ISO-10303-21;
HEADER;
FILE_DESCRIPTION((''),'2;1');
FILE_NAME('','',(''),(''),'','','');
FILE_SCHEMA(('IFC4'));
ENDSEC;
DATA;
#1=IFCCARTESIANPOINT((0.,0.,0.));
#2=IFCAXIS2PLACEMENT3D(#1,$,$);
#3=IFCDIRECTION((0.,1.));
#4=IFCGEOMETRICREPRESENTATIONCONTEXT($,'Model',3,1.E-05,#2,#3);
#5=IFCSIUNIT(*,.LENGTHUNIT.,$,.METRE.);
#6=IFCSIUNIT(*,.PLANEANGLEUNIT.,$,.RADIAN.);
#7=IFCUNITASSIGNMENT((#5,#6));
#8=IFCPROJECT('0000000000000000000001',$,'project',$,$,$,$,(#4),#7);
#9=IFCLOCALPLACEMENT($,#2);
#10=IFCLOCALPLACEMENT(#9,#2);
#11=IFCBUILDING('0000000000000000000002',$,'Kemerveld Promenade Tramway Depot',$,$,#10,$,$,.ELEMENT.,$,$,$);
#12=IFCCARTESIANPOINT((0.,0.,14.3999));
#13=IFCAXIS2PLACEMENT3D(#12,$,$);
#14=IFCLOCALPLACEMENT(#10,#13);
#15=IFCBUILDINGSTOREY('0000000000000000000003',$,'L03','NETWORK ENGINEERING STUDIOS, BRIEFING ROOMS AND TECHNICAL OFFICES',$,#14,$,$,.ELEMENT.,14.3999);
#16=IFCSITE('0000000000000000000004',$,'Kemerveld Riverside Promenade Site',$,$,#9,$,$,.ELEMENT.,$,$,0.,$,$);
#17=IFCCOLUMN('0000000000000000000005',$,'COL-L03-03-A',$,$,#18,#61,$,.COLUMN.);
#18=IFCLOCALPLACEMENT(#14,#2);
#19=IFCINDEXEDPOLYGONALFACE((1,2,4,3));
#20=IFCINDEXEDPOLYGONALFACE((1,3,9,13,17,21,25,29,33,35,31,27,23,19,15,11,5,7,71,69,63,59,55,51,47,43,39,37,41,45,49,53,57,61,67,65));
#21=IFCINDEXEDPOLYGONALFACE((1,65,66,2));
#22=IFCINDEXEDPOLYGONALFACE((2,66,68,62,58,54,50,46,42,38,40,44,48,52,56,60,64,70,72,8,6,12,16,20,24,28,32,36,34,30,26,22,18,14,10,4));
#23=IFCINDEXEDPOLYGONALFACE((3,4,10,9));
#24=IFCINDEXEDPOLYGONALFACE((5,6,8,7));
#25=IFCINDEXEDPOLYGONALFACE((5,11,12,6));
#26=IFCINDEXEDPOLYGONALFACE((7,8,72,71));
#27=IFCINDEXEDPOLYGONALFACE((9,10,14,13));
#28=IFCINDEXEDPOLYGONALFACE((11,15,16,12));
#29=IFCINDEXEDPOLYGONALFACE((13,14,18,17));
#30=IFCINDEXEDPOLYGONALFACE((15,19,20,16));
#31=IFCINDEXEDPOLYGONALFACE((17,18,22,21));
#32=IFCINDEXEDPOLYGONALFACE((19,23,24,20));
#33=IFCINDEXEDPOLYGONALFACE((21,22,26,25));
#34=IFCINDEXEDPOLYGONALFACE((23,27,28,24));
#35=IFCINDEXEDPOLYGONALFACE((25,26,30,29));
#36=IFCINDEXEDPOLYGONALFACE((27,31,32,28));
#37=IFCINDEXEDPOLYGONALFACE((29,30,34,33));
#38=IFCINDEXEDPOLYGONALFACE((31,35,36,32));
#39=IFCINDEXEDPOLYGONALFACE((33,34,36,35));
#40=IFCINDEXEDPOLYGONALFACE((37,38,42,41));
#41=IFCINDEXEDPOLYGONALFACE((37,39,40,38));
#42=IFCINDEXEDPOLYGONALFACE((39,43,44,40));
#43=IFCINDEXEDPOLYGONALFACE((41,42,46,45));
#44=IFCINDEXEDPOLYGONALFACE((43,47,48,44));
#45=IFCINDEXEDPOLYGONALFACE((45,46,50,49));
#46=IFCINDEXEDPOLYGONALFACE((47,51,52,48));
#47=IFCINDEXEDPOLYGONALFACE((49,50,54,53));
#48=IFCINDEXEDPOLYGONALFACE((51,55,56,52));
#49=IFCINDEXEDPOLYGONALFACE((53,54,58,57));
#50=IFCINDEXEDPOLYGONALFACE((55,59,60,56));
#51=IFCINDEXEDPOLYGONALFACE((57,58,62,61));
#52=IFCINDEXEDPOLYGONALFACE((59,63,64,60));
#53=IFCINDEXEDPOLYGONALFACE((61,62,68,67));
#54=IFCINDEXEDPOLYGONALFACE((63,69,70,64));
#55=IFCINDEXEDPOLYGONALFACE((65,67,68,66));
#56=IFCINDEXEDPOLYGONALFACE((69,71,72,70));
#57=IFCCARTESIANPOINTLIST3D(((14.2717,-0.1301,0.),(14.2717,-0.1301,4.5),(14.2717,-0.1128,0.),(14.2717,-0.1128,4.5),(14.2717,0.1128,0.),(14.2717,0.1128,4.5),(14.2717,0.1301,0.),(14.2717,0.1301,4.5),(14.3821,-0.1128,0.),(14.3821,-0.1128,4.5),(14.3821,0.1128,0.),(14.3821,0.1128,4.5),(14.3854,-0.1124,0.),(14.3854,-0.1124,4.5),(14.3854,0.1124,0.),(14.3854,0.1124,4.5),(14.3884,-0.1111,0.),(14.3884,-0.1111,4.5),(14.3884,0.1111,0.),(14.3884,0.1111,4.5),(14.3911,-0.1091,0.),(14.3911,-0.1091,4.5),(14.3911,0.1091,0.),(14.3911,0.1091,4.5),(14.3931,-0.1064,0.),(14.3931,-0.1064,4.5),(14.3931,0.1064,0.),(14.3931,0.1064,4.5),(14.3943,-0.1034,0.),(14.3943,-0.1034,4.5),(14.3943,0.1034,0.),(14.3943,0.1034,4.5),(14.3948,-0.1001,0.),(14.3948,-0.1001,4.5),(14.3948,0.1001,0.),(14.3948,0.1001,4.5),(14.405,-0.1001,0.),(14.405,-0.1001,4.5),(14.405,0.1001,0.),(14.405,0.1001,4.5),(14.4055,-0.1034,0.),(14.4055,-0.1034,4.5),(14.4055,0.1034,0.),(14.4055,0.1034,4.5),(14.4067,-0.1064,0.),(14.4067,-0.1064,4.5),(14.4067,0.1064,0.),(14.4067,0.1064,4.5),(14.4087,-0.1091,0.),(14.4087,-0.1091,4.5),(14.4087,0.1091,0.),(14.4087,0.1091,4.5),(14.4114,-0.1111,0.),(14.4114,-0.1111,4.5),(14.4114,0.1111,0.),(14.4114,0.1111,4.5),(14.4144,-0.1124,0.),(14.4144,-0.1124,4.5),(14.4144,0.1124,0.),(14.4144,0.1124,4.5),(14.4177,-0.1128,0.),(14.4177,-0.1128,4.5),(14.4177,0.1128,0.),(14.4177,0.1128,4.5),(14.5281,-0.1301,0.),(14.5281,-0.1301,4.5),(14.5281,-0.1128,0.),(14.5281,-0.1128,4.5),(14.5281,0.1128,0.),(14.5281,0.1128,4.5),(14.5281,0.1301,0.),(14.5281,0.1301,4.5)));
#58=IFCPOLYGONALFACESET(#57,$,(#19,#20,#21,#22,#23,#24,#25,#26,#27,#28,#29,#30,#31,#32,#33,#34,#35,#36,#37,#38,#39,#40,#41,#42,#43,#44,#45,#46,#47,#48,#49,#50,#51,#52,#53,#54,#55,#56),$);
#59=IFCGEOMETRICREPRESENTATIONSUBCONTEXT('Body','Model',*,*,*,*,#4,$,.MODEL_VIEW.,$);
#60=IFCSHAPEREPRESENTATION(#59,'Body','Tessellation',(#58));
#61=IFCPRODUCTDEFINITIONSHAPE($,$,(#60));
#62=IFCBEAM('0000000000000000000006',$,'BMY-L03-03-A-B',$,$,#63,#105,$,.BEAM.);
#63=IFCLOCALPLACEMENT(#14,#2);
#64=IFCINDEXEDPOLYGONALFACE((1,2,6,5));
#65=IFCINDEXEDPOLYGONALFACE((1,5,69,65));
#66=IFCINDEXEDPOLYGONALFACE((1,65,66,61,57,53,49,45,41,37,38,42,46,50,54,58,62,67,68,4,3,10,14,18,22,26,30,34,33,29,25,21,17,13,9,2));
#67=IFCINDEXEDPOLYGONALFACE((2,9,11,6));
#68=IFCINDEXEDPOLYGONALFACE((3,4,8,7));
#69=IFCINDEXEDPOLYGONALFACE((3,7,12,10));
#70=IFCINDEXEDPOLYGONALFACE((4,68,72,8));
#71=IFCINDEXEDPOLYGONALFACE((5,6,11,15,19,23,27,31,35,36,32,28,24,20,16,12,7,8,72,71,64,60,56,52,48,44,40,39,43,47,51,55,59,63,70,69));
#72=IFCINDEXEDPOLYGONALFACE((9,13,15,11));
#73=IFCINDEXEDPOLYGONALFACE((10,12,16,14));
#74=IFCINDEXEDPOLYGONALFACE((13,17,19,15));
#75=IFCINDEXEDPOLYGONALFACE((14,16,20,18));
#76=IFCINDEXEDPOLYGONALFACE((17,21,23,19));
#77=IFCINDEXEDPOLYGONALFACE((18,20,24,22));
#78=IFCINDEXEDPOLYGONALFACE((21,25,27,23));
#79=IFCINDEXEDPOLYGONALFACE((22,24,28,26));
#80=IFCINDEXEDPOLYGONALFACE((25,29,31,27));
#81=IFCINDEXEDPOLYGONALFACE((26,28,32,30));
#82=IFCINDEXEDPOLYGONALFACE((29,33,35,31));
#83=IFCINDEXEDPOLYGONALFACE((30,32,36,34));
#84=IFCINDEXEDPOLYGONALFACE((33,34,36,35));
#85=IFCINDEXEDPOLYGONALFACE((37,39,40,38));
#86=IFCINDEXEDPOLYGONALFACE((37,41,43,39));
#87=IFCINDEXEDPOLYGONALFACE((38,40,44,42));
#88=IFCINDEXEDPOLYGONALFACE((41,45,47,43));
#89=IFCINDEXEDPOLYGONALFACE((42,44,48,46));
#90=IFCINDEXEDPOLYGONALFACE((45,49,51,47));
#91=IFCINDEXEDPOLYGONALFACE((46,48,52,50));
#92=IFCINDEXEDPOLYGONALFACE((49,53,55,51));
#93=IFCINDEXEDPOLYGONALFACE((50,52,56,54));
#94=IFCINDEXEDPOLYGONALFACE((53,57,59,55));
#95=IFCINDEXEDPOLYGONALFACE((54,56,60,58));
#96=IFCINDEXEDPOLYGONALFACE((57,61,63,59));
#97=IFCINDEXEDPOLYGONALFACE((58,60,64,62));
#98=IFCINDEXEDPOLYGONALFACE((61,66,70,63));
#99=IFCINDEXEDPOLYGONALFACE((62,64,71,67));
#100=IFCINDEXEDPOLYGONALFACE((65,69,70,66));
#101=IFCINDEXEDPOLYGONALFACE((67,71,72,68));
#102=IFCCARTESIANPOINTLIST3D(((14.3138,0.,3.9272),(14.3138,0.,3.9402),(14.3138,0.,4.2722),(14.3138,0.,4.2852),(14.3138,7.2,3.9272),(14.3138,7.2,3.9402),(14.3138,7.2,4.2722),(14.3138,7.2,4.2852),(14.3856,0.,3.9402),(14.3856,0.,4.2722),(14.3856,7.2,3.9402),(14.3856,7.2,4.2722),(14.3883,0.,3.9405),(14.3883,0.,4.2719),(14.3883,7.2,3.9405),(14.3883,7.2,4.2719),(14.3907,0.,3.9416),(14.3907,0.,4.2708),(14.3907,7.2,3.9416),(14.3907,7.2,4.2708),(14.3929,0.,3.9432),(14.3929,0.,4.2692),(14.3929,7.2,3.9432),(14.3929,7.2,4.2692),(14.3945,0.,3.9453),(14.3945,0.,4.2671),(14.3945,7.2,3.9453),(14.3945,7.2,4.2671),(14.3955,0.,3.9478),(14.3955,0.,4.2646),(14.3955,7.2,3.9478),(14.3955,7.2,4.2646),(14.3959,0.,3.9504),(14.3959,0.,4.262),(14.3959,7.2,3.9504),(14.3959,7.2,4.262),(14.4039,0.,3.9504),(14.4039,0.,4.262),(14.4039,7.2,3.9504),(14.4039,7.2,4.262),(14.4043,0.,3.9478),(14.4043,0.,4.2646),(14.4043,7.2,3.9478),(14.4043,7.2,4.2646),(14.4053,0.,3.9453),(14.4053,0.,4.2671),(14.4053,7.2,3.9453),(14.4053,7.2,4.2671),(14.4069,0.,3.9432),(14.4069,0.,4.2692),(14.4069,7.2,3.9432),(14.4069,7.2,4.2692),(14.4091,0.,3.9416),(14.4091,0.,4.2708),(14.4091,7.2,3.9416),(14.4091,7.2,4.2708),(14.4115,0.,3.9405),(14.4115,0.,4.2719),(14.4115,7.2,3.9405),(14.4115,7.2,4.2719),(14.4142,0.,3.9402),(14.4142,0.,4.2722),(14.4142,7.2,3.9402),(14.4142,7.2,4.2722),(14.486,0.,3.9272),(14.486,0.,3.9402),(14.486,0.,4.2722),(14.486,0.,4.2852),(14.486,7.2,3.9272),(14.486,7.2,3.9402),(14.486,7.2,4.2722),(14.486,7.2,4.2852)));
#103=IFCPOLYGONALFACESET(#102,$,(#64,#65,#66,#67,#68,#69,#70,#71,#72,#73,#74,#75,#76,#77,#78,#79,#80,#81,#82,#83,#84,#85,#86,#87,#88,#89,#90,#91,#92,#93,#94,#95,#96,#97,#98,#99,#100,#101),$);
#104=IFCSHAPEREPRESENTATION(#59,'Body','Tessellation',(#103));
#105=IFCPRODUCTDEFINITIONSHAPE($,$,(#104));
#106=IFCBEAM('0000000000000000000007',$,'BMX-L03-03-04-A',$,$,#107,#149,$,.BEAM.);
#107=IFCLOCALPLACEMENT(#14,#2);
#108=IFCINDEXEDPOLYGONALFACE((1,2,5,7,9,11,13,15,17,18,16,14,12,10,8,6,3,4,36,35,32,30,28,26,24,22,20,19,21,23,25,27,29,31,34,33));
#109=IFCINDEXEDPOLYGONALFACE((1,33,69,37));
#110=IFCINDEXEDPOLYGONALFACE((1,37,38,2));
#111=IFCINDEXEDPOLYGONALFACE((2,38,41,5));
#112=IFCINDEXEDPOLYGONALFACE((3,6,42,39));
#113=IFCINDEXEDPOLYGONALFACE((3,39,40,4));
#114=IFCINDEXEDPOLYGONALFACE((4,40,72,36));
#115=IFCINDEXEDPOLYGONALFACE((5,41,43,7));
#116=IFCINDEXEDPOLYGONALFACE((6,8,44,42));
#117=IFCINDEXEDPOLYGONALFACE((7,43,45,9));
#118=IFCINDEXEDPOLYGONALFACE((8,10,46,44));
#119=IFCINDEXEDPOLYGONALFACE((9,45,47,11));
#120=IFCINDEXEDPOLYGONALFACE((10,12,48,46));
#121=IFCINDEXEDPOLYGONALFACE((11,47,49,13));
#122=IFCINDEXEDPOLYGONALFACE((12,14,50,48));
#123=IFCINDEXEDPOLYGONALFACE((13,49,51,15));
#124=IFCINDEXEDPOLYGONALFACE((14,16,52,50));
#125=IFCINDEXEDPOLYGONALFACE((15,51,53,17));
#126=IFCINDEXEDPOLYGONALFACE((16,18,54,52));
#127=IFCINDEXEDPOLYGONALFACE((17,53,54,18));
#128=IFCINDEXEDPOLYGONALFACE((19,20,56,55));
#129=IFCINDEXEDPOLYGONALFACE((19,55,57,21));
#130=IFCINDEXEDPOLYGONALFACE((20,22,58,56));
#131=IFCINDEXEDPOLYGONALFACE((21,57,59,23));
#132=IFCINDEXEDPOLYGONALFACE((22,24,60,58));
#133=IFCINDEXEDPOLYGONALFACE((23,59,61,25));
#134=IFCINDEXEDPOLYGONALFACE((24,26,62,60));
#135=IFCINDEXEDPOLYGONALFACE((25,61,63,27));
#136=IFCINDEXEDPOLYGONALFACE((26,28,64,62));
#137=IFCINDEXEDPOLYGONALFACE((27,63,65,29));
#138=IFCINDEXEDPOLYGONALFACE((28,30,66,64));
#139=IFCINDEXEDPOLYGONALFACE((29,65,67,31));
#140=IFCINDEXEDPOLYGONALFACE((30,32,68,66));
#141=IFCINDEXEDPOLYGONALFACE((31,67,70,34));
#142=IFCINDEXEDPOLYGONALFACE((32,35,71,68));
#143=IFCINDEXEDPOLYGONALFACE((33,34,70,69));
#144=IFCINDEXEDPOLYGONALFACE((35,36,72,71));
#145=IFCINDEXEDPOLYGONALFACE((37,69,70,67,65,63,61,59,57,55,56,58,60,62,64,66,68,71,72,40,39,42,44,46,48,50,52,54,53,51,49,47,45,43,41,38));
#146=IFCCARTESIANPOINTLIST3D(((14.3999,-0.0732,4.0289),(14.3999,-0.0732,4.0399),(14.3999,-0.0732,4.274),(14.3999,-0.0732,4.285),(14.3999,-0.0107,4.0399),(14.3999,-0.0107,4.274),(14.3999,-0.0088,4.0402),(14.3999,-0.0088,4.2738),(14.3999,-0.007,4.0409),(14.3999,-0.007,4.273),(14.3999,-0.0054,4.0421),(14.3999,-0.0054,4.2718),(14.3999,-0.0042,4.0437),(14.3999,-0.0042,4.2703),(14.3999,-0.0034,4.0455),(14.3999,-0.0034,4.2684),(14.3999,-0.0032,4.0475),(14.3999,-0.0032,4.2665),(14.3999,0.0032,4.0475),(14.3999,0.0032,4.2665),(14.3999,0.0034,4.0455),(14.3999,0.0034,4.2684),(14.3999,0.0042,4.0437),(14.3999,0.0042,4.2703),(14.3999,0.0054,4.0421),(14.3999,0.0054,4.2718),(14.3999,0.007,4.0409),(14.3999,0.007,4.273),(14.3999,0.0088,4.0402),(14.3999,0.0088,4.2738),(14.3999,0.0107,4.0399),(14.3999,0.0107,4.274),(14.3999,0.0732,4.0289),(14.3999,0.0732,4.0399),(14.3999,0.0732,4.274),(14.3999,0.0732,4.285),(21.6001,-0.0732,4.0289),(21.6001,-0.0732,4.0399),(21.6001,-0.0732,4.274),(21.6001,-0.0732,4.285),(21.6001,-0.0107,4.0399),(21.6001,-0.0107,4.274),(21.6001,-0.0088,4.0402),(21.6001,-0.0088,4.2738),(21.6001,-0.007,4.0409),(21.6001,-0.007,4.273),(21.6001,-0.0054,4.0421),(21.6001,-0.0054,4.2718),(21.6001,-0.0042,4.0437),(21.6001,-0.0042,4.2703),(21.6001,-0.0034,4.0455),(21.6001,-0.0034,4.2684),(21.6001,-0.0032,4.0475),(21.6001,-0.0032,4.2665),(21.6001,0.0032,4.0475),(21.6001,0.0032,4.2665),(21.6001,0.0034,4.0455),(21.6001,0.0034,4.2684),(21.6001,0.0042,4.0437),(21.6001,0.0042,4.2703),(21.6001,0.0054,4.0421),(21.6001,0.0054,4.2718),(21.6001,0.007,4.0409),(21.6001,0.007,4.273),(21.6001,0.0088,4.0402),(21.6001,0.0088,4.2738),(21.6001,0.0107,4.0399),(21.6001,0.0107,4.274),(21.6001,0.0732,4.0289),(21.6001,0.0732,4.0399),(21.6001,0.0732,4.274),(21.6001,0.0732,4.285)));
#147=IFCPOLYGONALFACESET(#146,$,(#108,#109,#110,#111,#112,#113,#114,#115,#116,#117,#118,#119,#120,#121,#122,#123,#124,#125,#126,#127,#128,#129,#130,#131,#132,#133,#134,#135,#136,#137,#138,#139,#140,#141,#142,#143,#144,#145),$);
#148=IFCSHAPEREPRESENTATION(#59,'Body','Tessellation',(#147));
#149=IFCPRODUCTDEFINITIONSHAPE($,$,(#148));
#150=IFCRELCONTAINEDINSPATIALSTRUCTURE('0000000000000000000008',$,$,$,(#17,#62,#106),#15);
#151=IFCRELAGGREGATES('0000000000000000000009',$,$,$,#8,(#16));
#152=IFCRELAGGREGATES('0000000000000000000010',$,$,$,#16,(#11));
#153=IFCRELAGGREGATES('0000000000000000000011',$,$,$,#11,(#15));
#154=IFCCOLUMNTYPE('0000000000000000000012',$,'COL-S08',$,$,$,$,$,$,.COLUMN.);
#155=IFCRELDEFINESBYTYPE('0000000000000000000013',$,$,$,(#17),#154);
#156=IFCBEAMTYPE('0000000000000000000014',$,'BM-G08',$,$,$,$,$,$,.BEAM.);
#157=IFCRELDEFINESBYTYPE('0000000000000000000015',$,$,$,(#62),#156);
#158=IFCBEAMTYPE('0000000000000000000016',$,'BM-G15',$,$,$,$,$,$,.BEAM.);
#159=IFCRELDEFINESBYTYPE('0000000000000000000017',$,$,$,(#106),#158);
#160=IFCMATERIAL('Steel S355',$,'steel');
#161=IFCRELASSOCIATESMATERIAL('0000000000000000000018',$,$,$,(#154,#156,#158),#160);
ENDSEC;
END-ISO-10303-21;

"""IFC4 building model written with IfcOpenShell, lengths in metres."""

from ifc_helpers import new_model, si_unit, direction, frame, origin, origin_2d, place, context, subcontext, project, spatial, i_section, extrude, material, material_profile, profile_set, type_object, element, save


model = new_model("IFC4")

# Units and contexts
model_context = context("Model", 3, precision=1e-05, world=origin(), true_north=direction((0.0, 1.0)))
body_context = subcontext(model_context, "Body", "Model", "MODEL_VIEW")
ifc_project = project(units=[si_unit("LENGTHUNIT", "METRE"), si_unit("PLANEANGLEUNIT", "RADIAN")], contexts=[model_context])

# Site, building, storey
site_placement = place(None, origin())
site = spatial("IfcSite", under=ifc_project, at=site_placement, Name="Kemerveld Riverside Promenade Site", CompositionType="ELEMENT", RefElevation=0.0)
building_placement = place(site_placement, origin())
building = spatial("IfcBuilding", under=site, at=building_placement, Name="Kemerveld Promenade Tramway Depot", CompositionType="ELEMENT")
storey_placement = place(building_placement, frame((0.0, 0.0, 14.3999)))
storey = spatial("IfcBuildingStorey", under=building, at=storey_placement, Name="L03", Description="NETWORK ENGINEERING STUDIOS, BRIEFING ROOMS AND TECHNICAL OFFICES", CompositionType="ELEMENT", Elevation=14.3999)

# Column
ifc_material_1 = material(Name="Steel S355", Category="steel")
ifc_material_profile_1 = material_profile(ifc_material_1, i_section(OverallWidth=0.2563, OverallDepth=0.2603, WebThickness=0.0103, FlangeThickness=0.0173, FilletRadius=0.0127, at=origin_2d()), Name="254x254x89 UC")
ifc_profile_set_1 = profile_set([ifc_material_profile_1], Name="Steel S355")
column_type = type_object("IfcColumnType", Name="COL-S08", PredefinedType="COLUMN", material=ifc_profile_set_1)
column_placement = place(storey_placement, frame((14.3999, 0.0, 0.0), z_axis=(0.0, 0.0, 1.0), x_axis=(1.0, 0.0, 0.0)))
element("IfcColumn", 1, at=column_placement, inside=storey, type_object=column_type, Name="COL-L03-03-A", PredefinedType="COLUMN", context=body_context, shape_type="SweptSolid", body=[
    extrude(i_section(OverallWidth=0.2563, OverallDepth=0.2603, WebThickness=0.0103, FlangeThickness=0.0173, FilletRadius=0.0127, at=origin_2d()), origin(), (0.0, 0.0, 1.0), 4.5),
])

# Beams
ifc_material_profile_2 = material_profile(ifc_material_1, i_section(OverallWidth=0.1721, OverallDepth=0.3579, WebThickness=0.0081, FlangeThickness=0.0129, FilletRadius=0.0103, at=origin_2d()), Name="356x171x57 UB")
ifc_profile_set_2 = profile_set([ifc_material_profile_2], Name="Steel S355")
beam_type_1 = type_object("IfcBeamType", Name="BM-G08", PredefinedType="BEAM", material=ifc_profile_set_2)
beam_1_placement = place(storey_placement, frame((14.3999, 0.0, 4.1062), z_axis=(0.0, 1.0, 0.0), x_axis=(-1.0, 0.0, 0.0)))
element("IfcBeam", 2, at=beam_1_placement, inside=storey, type_object=beam_type_1, Name="BMY-L03-03-A-B", PredefinedType="BEAM", context=body_context, shape_type="SweptSolid", body=[
    extrude(i_section(OverallWidth=0.1721, OverallDepth=0.3579, WebThickness=0.0081, FlangeThickness=0.0129, FilletRadius=0.0103, at=origin_2d()), origin(), (0.0, 0.0, 1.0), 7.2),
])
ifc_material_profile_3 = material_profile(ifc_material_1, i_section(OverallWidth=0.1465, OverallDepth=0.2561, WebThickness=0.0063, FlangeThickness=0.011, FilletRadius=0.0076, at=origin_2d()), Name="254x146x37 UB")
ifc_profile_set_3 = profile_set([ifc_material_profile_3], Name="Steel S355")
beam_type_2 = type_object("IfcBeamType", Name="BM-G15", PredefinedType="BEAM", material=ifc_profile_set_3)
beam_2_placement = place(storey_placement, frame((14.3999, 0.0, 4.157), z_axis=(1.0, 0.0, 0.0), x_axis=(0.0, 1.0, 0.0)))
element("IfcBeam", 3, at=beam_2_placement, inside=storey, type_object=beam_type_2, Name="BMX-L03-03-04-A", PredefinedType="BEAM", context=body_context, shape_type="SweptSolid", body=[
    extrude(i_section(OverallWidth=0.1465, OverallDepth=0.2561, WebThickness=0.0063, FlangeThickness=0.011, FilletRadius=0.0076, at=origin_2d()), origin(), (0.0, 0.0, 1.0), 7.2002),
])

save(model, "model.ifc")
